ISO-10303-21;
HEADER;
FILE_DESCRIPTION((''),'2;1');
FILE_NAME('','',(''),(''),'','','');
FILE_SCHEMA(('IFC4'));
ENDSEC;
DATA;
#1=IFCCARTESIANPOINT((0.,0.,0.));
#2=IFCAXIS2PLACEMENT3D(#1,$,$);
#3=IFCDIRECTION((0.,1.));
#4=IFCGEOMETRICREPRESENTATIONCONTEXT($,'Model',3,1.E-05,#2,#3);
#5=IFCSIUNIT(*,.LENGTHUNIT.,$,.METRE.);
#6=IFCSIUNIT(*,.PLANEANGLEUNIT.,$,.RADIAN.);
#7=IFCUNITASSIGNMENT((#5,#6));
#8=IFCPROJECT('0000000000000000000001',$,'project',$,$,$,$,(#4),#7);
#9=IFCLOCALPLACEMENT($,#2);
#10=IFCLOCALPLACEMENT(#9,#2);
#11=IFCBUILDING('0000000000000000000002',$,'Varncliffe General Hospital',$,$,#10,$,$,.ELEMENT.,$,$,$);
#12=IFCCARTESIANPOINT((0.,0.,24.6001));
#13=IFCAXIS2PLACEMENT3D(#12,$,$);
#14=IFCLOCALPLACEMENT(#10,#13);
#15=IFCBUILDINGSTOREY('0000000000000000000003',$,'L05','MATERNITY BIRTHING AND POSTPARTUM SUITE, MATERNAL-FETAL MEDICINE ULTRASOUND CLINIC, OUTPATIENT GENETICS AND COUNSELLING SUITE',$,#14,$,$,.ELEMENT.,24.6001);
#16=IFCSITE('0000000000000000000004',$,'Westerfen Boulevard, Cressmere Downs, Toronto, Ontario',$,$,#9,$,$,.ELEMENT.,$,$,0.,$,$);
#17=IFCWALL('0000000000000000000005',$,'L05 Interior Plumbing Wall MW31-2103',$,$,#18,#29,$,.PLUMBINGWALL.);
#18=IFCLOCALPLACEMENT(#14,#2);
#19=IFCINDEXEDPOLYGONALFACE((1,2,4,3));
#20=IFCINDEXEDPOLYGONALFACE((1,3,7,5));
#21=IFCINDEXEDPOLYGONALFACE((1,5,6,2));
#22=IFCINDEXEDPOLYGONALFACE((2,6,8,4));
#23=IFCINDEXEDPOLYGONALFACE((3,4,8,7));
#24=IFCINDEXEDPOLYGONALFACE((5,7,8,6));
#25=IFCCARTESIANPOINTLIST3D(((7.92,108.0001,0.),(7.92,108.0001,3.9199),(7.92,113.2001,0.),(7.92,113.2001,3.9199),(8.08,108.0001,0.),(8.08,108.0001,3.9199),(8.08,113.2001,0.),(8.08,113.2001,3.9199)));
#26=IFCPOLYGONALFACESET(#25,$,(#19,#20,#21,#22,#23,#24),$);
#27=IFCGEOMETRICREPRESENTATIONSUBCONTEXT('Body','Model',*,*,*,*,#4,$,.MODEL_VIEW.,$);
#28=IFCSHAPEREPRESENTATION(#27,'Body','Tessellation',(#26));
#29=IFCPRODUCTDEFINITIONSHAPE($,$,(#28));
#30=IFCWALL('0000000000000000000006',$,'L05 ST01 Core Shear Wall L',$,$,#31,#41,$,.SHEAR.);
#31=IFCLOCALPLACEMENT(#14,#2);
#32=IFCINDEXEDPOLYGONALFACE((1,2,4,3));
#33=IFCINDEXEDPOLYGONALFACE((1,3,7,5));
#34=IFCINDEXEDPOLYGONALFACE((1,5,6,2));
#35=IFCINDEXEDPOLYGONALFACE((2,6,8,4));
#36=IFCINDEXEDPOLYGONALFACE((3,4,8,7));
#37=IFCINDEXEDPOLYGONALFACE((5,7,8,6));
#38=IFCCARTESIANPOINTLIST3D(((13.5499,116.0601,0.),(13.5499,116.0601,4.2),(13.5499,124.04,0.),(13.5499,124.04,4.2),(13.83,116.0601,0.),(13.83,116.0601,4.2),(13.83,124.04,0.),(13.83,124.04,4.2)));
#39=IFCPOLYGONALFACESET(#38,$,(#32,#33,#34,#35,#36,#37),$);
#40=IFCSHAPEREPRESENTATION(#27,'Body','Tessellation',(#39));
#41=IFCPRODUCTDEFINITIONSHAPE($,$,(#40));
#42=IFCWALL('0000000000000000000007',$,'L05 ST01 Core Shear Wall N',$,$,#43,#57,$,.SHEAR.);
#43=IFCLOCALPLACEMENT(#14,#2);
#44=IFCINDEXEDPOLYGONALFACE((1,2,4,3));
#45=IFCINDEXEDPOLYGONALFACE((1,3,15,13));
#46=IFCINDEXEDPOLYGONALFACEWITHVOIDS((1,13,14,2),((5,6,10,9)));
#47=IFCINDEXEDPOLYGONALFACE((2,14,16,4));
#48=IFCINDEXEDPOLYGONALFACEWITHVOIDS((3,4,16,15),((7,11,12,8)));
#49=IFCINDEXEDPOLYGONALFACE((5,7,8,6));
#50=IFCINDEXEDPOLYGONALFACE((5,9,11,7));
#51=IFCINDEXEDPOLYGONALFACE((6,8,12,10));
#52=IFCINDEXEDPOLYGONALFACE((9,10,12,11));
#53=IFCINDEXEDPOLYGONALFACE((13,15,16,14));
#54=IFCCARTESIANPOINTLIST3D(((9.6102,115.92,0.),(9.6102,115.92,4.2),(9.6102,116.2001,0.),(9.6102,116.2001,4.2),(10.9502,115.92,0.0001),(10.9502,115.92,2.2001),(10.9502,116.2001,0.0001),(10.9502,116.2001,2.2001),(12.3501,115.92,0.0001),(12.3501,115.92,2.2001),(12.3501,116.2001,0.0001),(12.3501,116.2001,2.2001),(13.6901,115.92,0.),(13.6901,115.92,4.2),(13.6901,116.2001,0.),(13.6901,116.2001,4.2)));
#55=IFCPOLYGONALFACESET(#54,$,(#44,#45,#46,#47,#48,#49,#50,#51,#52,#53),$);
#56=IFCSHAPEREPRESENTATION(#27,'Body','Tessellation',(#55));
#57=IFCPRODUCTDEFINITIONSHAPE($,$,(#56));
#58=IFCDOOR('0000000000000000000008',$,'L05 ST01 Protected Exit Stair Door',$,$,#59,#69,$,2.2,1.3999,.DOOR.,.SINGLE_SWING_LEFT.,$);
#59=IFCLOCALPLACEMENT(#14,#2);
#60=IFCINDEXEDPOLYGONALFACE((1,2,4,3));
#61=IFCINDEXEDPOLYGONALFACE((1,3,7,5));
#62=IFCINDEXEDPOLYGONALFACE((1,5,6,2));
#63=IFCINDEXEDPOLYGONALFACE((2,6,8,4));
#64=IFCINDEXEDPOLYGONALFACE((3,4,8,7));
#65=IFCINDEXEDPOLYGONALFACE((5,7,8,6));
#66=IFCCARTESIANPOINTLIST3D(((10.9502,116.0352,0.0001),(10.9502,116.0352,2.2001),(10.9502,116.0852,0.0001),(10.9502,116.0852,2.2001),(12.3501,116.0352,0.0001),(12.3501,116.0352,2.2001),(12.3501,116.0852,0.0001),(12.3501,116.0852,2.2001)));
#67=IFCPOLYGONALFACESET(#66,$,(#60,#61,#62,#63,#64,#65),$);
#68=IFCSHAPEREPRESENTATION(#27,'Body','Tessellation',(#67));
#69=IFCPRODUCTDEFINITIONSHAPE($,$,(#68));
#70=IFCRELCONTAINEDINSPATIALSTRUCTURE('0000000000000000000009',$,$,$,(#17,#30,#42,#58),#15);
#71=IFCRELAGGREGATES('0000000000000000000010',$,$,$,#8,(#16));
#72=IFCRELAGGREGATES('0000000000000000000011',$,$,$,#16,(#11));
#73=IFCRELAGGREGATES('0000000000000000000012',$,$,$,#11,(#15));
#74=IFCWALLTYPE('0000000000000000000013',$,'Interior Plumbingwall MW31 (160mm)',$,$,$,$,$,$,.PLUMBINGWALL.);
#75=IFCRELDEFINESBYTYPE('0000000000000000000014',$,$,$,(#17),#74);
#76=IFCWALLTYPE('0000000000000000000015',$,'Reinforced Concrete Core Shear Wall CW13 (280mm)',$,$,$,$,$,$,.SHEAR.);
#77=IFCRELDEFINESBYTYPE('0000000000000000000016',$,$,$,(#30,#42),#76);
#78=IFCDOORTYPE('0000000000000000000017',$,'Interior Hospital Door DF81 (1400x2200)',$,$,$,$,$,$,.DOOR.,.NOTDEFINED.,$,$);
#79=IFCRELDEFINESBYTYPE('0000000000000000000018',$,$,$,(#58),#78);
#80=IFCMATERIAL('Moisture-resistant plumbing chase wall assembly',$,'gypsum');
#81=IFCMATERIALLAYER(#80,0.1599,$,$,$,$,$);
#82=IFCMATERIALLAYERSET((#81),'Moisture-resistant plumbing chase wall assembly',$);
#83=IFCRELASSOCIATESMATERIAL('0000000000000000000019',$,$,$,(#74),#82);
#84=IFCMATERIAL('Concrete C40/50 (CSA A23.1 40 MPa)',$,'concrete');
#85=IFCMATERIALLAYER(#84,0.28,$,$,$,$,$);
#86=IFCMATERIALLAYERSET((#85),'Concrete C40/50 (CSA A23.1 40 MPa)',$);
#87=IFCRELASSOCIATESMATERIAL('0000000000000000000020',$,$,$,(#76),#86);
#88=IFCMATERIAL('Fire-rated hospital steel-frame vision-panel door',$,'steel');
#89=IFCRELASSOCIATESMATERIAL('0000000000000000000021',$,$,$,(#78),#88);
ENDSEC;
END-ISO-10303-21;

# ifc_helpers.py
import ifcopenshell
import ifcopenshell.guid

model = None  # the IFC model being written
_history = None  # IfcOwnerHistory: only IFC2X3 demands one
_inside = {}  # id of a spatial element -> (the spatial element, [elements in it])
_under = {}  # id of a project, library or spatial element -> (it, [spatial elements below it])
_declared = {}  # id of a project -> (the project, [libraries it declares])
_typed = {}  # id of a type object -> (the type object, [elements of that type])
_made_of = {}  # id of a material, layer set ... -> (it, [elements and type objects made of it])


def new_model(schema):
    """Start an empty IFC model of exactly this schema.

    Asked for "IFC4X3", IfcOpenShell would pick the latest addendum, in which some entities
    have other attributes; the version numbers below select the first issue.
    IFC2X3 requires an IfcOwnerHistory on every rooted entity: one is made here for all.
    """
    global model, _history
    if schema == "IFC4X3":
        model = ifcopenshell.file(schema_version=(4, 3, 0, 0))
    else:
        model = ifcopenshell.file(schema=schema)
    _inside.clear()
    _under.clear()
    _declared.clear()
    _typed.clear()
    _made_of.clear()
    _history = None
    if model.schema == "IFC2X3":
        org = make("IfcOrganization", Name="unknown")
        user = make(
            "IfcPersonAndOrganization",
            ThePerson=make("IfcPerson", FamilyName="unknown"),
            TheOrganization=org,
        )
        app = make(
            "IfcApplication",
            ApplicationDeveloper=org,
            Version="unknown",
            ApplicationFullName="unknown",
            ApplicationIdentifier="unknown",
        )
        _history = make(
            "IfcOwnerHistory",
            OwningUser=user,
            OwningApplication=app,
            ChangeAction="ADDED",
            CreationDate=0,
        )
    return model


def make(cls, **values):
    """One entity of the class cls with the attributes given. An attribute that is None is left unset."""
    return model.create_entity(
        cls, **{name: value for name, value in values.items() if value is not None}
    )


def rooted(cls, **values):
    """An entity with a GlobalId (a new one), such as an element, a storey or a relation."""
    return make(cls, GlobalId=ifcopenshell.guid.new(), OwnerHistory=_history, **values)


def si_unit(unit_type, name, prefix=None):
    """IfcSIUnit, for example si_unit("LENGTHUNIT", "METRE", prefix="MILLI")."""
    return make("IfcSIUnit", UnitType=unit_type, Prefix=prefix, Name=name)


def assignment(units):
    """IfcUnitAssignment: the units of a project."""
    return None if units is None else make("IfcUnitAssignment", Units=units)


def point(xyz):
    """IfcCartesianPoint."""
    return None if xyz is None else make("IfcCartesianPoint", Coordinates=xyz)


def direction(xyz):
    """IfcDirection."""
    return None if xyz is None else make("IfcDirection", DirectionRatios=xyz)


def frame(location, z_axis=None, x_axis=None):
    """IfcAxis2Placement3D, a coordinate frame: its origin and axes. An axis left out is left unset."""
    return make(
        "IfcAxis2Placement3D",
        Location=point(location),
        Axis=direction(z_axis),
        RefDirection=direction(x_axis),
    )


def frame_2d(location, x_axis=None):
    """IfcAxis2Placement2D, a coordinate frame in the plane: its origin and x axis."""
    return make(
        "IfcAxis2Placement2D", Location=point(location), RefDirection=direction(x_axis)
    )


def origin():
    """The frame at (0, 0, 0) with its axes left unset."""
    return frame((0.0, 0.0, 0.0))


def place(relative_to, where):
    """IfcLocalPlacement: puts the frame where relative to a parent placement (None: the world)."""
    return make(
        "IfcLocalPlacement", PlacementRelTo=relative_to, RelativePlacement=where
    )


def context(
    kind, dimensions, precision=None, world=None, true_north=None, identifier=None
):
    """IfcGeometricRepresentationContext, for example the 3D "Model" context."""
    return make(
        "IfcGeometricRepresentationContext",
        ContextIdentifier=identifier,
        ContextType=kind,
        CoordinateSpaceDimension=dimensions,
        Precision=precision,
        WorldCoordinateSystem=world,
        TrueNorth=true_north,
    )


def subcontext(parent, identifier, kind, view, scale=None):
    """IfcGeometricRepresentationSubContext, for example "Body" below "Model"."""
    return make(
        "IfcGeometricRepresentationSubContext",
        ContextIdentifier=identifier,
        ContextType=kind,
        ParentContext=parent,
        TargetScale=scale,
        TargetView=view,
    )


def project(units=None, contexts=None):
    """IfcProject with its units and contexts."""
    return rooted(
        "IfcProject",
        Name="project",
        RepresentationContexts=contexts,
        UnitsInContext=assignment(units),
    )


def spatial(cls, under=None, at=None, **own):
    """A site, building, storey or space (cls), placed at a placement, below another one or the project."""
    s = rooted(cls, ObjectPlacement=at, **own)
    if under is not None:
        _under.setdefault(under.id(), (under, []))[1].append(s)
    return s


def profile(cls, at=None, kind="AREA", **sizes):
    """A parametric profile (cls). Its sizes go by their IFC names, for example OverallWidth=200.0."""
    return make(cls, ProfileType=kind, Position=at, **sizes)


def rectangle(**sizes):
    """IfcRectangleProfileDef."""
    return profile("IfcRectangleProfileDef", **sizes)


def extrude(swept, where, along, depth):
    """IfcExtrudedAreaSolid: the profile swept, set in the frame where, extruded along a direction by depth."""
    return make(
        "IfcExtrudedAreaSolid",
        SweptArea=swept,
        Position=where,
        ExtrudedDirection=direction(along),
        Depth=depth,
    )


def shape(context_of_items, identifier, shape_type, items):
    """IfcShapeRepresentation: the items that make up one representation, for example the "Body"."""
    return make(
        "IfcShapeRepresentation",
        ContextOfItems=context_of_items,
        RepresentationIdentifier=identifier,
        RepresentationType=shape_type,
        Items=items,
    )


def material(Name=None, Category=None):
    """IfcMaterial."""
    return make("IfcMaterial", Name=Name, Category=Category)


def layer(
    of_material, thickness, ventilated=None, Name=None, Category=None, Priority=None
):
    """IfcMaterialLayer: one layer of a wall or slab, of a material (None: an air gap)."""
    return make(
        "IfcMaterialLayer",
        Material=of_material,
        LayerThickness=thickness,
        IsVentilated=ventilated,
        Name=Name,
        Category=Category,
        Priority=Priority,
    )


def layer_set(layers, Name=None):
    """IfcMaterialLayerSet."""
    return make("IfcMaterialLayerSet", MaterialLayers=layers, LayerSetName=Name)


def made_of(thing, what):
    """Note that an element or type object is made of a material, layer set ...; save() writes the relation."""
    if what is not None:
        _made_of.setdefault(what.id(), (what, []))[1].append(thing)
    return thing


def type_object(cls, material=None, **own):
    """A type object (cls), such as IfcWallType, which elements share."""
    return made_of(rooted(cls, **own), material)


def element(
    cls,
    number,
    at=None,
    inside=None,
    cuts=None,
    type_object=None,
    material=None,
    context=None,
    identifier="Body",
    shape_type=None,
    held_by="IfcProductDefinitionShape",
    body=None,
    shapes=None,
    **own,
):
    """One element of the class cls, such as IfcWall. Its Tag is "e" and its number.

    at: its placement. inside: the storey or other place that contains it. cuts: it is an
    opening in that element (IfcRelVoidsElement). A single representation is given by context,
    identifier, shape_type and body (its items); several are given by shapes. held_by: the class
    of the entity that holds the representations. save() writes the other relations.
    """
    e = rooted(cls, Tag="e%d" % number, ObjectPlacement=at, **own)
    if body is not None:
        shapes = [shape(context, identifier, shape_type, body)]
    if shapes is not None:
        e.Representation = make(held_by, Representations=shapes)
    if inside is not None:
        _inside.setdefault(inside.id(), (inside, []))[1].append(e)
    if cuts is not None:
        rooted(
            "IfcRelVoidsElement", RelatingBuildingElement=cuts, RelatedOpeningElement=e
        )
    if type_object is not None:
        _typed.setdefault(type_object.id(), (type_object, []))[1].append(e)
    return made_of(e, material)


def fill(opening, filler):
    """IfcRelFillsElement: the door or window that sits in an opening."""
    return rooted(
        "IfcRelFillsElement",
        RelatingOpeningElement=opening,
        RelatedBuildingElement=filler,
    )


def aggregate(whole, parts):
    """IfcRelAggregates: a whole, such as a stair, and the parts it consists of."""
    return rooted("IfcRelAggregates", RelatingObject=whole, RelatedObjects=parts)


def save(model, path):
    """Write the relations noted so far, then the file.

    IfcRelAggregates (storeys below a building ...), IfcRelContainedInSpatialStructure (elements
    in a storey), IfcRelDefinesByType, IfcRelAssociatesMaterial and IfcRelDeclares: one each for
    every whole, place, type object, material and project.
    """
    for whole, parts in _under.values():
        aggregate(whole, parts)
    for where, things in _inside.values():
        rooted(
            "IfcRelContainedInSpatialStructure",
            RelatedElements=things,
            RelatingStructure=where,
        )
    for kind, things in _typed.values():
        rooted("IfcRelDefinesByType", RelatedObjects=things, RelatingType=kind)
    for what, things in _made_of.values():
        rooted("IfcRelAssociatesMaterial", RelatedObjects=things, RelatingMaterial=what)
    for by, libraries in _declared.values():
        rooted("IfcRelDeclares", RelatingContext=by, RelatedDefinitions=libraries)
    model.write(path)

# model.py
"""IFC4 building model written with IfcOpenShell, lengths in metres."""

from ifc_helpers import new_model, si_unit, direction, frame, frame_2d, origin, place, context, subcontext, project, spatial, rectangle, extrude, material, layer, layer_set, type_object, element, fill, save


model = new_model("IFC4")

# Units and contexts
model_context = context("Model", 3, precision=1e-05, world=origin(), true_north=direction((0.0, 1.0)))
body_context = subcontext(model_context, "Body", "Model", "MODEL_VIEW")
ifc_project = project(units=[si_unit("LENGTHUNIT", "METRE"), si_unit("PLANEANGLEUNIT", "RADIAN")], contexts=[model_context])

# Site, building, storey
site_placement = place(None, origin())
site = spatial("IfcSite", under=ifc_project, at=site_placement, Name="Westerfen Boulevard, Cressmere Downs, Toronto, Ontario", CompositionType="ELEMENT", RefElevation=0.0)
building_placement = place(site_placement, origin())
building = spatial("IfcBuilding", under=site, at=building_placement, Name="Varncliffe General Hospital", CompositionType="ELEMENT")
storey_placement = place(building_placement, frame((0.0, 0.0, 24.6001)))
storey = spatial("IfcBuildingStorey", under=building, at=storey_placement, Name="L05", Description="MATERNITY BIRTHING AND POSTPARTUM SUITE, MATERNAL-FETAL MEDICINE ULTRASOUND CLINIC, OUTPATIENT GENETICS AND COUNSELLING SUITE", CompositionType="ELEMENT", Elevation=24.6001)

# Shared definitions
ifc_material_1 = material(Name="Concrete C40/50 (CSA A23.1 40 MPa)", Category="concrete")

# Shared definitions
ifc_material_2 = material(Name="Fire-rated hospital steel-frame vision-panel door", Category="steel")

# Walls
ifc_material_3 = material(Name="Moisture-resistant plumbing chase wall assembly", Category="gypsum")
ifc_layer_1 = layer(ifc_material_3, 0.1599)
ifc_layer_set_1 = layer_set([ifc_layer_1], Name="Moisture-resistant plumbing chase wall assembly")
wall_type_1 = type_object("IfcWallType", Name="Interior Plumbingwall MW31 (160mm)", PredefinedType="PLUMBINGWALL", material=ifc_layer_set_1)
wall_1_placement = place(storey_placement, frame((8.0, 108.0, 0.0), z_axis=(0.0, 0.0, 1.0), x_axis=(0.0, 1.0, 0.0)))
element("IfcWall", 1, at=wall_1_placement, inside=storey, type_object=wall_type_1, Name="L05 Interior Plumbing Wall MW31-2103", PredefinedType="PLUMBINGWALL", context=body_context, shape_type="SweptSolid", body=[
    extrude(rectangle(XDim=5.2, YDim=0.1599, at=frame_2d((2.6001, 0.0))), origin(), (0.0, 0.0, 1.0), 3.9199),
])
ifc_layer_2 = layer(ifc_material_1, 0.28)
ifc_layer_set_2 = layer_set([ifc_layer_2], Name="Concrete C40/50 (CSA A23.1 40 MPa)")
wall_type_2 = type_object("IfcWallType", Name="Reinforced Concrete Core Shear Wall CW13 (280mm)", PredefinedType="SHEAR", material=ifc_layer_set_2)
wall_2_placement = place(storey_placement, frame((13.6899, 116.0601, 0.0), z_axis=(0.0, 0.0, 1.0), x_axis=(0.0, 1.0, 0.0)))
element("IfcWall", 2, at=wall_2_placement, inside=storey, type_object=wall_type_2, Name="L05 ST01 Core Shear Wall L", PredefinedType="SHEAR", context=body_context, shape_type="SweptSolid", body=[
    extrude(rectangle(XDim=7.98, YDim=0.28, at=frame_2d((3.99, 0.0))), origin(), (0.0, 0.0, 1.0), 4.2),
])

# Wall, opening, door
wall_3_placement = place(storey_placement, frame((9.6101, 116.0601, 0.0), z_axis=(0.0, 0.0, 1.0), x_axis=(1.0, 0.0, 0.0)))
wall_3 = element("IfcWall", 3, at=wall_3_placement, inside=storey, type_object=wall_type_2, Name="L05 ST01 Core Shear Wall N", PredefinedType="SHEAR", context=body_context, shape_type="SweptSolid", body=[
    extrude(rectangle(XDim=4.0798, YDim=0.28, at=frame_2d((2.04, 0.0))), origin(), (0.0, 0.0, 1.0), 4.2),
])
opening_1_placement = place(wall_3_placement, frame((1.3401, 0.0, 0.0)))
opening_1 = element("IfcOpeningElement", 4, at=opening_1_placement, cuts=wall_3, PredefinedType="OPENING", context=body_context, shape_type="SweptSolid", body=[
    extrude(rectangle(XDim=1.3999, YDim=2.2, at=frame_2d((0.7, 1.1001))), frame((0.0, 0.1499, 0.0), z_axis=(0.0, -1.0, 0.0), x_axis=(1.0, 0.0, 0.0)), (0.0, 0.0, 1.0), 0.3),
])
door_type_1 = type_object("IfcDoorType", Name="Interior Hospital Door DF81 (1400x2200)", OperationType="NOTDEFINED", PredefinedType="DOOR", material=ifc_material_2)
door_1_placement = place(opening_1_placement, frame((1.3999, 0.0, 0.0), z_axis=(0.0, 0.0, 1.0), x_axis=(-1.0, 0.0, 0.0)))
door_1 = element("IfcDoor", 5, at=door_1_placement, inside=storey, type_object=door_type_1, Name="L05 ST01 Protected Exit Stair Door", OperationType="SINGLE_SWING_LEFT", OverallHeight=2.2, OverallWidth=1.3999, PredefinedType="DOOR", context=body_context, shape_type="SweptSolid", body=[
    extrude(rectangle(XDim=1.3999, YDim=2.2, at=frame_2d((0.7, 1.1001))), frame((0.0, 0.0249, 0.0), z_axis=(0.0, -1.0, 0.0), x_axis=(1.0, 0.0, 0.0)), (0.0, 0.0, 1.0), 0.05),
])
fill(opening_1, door_1)

save(model, "model.ifc")
